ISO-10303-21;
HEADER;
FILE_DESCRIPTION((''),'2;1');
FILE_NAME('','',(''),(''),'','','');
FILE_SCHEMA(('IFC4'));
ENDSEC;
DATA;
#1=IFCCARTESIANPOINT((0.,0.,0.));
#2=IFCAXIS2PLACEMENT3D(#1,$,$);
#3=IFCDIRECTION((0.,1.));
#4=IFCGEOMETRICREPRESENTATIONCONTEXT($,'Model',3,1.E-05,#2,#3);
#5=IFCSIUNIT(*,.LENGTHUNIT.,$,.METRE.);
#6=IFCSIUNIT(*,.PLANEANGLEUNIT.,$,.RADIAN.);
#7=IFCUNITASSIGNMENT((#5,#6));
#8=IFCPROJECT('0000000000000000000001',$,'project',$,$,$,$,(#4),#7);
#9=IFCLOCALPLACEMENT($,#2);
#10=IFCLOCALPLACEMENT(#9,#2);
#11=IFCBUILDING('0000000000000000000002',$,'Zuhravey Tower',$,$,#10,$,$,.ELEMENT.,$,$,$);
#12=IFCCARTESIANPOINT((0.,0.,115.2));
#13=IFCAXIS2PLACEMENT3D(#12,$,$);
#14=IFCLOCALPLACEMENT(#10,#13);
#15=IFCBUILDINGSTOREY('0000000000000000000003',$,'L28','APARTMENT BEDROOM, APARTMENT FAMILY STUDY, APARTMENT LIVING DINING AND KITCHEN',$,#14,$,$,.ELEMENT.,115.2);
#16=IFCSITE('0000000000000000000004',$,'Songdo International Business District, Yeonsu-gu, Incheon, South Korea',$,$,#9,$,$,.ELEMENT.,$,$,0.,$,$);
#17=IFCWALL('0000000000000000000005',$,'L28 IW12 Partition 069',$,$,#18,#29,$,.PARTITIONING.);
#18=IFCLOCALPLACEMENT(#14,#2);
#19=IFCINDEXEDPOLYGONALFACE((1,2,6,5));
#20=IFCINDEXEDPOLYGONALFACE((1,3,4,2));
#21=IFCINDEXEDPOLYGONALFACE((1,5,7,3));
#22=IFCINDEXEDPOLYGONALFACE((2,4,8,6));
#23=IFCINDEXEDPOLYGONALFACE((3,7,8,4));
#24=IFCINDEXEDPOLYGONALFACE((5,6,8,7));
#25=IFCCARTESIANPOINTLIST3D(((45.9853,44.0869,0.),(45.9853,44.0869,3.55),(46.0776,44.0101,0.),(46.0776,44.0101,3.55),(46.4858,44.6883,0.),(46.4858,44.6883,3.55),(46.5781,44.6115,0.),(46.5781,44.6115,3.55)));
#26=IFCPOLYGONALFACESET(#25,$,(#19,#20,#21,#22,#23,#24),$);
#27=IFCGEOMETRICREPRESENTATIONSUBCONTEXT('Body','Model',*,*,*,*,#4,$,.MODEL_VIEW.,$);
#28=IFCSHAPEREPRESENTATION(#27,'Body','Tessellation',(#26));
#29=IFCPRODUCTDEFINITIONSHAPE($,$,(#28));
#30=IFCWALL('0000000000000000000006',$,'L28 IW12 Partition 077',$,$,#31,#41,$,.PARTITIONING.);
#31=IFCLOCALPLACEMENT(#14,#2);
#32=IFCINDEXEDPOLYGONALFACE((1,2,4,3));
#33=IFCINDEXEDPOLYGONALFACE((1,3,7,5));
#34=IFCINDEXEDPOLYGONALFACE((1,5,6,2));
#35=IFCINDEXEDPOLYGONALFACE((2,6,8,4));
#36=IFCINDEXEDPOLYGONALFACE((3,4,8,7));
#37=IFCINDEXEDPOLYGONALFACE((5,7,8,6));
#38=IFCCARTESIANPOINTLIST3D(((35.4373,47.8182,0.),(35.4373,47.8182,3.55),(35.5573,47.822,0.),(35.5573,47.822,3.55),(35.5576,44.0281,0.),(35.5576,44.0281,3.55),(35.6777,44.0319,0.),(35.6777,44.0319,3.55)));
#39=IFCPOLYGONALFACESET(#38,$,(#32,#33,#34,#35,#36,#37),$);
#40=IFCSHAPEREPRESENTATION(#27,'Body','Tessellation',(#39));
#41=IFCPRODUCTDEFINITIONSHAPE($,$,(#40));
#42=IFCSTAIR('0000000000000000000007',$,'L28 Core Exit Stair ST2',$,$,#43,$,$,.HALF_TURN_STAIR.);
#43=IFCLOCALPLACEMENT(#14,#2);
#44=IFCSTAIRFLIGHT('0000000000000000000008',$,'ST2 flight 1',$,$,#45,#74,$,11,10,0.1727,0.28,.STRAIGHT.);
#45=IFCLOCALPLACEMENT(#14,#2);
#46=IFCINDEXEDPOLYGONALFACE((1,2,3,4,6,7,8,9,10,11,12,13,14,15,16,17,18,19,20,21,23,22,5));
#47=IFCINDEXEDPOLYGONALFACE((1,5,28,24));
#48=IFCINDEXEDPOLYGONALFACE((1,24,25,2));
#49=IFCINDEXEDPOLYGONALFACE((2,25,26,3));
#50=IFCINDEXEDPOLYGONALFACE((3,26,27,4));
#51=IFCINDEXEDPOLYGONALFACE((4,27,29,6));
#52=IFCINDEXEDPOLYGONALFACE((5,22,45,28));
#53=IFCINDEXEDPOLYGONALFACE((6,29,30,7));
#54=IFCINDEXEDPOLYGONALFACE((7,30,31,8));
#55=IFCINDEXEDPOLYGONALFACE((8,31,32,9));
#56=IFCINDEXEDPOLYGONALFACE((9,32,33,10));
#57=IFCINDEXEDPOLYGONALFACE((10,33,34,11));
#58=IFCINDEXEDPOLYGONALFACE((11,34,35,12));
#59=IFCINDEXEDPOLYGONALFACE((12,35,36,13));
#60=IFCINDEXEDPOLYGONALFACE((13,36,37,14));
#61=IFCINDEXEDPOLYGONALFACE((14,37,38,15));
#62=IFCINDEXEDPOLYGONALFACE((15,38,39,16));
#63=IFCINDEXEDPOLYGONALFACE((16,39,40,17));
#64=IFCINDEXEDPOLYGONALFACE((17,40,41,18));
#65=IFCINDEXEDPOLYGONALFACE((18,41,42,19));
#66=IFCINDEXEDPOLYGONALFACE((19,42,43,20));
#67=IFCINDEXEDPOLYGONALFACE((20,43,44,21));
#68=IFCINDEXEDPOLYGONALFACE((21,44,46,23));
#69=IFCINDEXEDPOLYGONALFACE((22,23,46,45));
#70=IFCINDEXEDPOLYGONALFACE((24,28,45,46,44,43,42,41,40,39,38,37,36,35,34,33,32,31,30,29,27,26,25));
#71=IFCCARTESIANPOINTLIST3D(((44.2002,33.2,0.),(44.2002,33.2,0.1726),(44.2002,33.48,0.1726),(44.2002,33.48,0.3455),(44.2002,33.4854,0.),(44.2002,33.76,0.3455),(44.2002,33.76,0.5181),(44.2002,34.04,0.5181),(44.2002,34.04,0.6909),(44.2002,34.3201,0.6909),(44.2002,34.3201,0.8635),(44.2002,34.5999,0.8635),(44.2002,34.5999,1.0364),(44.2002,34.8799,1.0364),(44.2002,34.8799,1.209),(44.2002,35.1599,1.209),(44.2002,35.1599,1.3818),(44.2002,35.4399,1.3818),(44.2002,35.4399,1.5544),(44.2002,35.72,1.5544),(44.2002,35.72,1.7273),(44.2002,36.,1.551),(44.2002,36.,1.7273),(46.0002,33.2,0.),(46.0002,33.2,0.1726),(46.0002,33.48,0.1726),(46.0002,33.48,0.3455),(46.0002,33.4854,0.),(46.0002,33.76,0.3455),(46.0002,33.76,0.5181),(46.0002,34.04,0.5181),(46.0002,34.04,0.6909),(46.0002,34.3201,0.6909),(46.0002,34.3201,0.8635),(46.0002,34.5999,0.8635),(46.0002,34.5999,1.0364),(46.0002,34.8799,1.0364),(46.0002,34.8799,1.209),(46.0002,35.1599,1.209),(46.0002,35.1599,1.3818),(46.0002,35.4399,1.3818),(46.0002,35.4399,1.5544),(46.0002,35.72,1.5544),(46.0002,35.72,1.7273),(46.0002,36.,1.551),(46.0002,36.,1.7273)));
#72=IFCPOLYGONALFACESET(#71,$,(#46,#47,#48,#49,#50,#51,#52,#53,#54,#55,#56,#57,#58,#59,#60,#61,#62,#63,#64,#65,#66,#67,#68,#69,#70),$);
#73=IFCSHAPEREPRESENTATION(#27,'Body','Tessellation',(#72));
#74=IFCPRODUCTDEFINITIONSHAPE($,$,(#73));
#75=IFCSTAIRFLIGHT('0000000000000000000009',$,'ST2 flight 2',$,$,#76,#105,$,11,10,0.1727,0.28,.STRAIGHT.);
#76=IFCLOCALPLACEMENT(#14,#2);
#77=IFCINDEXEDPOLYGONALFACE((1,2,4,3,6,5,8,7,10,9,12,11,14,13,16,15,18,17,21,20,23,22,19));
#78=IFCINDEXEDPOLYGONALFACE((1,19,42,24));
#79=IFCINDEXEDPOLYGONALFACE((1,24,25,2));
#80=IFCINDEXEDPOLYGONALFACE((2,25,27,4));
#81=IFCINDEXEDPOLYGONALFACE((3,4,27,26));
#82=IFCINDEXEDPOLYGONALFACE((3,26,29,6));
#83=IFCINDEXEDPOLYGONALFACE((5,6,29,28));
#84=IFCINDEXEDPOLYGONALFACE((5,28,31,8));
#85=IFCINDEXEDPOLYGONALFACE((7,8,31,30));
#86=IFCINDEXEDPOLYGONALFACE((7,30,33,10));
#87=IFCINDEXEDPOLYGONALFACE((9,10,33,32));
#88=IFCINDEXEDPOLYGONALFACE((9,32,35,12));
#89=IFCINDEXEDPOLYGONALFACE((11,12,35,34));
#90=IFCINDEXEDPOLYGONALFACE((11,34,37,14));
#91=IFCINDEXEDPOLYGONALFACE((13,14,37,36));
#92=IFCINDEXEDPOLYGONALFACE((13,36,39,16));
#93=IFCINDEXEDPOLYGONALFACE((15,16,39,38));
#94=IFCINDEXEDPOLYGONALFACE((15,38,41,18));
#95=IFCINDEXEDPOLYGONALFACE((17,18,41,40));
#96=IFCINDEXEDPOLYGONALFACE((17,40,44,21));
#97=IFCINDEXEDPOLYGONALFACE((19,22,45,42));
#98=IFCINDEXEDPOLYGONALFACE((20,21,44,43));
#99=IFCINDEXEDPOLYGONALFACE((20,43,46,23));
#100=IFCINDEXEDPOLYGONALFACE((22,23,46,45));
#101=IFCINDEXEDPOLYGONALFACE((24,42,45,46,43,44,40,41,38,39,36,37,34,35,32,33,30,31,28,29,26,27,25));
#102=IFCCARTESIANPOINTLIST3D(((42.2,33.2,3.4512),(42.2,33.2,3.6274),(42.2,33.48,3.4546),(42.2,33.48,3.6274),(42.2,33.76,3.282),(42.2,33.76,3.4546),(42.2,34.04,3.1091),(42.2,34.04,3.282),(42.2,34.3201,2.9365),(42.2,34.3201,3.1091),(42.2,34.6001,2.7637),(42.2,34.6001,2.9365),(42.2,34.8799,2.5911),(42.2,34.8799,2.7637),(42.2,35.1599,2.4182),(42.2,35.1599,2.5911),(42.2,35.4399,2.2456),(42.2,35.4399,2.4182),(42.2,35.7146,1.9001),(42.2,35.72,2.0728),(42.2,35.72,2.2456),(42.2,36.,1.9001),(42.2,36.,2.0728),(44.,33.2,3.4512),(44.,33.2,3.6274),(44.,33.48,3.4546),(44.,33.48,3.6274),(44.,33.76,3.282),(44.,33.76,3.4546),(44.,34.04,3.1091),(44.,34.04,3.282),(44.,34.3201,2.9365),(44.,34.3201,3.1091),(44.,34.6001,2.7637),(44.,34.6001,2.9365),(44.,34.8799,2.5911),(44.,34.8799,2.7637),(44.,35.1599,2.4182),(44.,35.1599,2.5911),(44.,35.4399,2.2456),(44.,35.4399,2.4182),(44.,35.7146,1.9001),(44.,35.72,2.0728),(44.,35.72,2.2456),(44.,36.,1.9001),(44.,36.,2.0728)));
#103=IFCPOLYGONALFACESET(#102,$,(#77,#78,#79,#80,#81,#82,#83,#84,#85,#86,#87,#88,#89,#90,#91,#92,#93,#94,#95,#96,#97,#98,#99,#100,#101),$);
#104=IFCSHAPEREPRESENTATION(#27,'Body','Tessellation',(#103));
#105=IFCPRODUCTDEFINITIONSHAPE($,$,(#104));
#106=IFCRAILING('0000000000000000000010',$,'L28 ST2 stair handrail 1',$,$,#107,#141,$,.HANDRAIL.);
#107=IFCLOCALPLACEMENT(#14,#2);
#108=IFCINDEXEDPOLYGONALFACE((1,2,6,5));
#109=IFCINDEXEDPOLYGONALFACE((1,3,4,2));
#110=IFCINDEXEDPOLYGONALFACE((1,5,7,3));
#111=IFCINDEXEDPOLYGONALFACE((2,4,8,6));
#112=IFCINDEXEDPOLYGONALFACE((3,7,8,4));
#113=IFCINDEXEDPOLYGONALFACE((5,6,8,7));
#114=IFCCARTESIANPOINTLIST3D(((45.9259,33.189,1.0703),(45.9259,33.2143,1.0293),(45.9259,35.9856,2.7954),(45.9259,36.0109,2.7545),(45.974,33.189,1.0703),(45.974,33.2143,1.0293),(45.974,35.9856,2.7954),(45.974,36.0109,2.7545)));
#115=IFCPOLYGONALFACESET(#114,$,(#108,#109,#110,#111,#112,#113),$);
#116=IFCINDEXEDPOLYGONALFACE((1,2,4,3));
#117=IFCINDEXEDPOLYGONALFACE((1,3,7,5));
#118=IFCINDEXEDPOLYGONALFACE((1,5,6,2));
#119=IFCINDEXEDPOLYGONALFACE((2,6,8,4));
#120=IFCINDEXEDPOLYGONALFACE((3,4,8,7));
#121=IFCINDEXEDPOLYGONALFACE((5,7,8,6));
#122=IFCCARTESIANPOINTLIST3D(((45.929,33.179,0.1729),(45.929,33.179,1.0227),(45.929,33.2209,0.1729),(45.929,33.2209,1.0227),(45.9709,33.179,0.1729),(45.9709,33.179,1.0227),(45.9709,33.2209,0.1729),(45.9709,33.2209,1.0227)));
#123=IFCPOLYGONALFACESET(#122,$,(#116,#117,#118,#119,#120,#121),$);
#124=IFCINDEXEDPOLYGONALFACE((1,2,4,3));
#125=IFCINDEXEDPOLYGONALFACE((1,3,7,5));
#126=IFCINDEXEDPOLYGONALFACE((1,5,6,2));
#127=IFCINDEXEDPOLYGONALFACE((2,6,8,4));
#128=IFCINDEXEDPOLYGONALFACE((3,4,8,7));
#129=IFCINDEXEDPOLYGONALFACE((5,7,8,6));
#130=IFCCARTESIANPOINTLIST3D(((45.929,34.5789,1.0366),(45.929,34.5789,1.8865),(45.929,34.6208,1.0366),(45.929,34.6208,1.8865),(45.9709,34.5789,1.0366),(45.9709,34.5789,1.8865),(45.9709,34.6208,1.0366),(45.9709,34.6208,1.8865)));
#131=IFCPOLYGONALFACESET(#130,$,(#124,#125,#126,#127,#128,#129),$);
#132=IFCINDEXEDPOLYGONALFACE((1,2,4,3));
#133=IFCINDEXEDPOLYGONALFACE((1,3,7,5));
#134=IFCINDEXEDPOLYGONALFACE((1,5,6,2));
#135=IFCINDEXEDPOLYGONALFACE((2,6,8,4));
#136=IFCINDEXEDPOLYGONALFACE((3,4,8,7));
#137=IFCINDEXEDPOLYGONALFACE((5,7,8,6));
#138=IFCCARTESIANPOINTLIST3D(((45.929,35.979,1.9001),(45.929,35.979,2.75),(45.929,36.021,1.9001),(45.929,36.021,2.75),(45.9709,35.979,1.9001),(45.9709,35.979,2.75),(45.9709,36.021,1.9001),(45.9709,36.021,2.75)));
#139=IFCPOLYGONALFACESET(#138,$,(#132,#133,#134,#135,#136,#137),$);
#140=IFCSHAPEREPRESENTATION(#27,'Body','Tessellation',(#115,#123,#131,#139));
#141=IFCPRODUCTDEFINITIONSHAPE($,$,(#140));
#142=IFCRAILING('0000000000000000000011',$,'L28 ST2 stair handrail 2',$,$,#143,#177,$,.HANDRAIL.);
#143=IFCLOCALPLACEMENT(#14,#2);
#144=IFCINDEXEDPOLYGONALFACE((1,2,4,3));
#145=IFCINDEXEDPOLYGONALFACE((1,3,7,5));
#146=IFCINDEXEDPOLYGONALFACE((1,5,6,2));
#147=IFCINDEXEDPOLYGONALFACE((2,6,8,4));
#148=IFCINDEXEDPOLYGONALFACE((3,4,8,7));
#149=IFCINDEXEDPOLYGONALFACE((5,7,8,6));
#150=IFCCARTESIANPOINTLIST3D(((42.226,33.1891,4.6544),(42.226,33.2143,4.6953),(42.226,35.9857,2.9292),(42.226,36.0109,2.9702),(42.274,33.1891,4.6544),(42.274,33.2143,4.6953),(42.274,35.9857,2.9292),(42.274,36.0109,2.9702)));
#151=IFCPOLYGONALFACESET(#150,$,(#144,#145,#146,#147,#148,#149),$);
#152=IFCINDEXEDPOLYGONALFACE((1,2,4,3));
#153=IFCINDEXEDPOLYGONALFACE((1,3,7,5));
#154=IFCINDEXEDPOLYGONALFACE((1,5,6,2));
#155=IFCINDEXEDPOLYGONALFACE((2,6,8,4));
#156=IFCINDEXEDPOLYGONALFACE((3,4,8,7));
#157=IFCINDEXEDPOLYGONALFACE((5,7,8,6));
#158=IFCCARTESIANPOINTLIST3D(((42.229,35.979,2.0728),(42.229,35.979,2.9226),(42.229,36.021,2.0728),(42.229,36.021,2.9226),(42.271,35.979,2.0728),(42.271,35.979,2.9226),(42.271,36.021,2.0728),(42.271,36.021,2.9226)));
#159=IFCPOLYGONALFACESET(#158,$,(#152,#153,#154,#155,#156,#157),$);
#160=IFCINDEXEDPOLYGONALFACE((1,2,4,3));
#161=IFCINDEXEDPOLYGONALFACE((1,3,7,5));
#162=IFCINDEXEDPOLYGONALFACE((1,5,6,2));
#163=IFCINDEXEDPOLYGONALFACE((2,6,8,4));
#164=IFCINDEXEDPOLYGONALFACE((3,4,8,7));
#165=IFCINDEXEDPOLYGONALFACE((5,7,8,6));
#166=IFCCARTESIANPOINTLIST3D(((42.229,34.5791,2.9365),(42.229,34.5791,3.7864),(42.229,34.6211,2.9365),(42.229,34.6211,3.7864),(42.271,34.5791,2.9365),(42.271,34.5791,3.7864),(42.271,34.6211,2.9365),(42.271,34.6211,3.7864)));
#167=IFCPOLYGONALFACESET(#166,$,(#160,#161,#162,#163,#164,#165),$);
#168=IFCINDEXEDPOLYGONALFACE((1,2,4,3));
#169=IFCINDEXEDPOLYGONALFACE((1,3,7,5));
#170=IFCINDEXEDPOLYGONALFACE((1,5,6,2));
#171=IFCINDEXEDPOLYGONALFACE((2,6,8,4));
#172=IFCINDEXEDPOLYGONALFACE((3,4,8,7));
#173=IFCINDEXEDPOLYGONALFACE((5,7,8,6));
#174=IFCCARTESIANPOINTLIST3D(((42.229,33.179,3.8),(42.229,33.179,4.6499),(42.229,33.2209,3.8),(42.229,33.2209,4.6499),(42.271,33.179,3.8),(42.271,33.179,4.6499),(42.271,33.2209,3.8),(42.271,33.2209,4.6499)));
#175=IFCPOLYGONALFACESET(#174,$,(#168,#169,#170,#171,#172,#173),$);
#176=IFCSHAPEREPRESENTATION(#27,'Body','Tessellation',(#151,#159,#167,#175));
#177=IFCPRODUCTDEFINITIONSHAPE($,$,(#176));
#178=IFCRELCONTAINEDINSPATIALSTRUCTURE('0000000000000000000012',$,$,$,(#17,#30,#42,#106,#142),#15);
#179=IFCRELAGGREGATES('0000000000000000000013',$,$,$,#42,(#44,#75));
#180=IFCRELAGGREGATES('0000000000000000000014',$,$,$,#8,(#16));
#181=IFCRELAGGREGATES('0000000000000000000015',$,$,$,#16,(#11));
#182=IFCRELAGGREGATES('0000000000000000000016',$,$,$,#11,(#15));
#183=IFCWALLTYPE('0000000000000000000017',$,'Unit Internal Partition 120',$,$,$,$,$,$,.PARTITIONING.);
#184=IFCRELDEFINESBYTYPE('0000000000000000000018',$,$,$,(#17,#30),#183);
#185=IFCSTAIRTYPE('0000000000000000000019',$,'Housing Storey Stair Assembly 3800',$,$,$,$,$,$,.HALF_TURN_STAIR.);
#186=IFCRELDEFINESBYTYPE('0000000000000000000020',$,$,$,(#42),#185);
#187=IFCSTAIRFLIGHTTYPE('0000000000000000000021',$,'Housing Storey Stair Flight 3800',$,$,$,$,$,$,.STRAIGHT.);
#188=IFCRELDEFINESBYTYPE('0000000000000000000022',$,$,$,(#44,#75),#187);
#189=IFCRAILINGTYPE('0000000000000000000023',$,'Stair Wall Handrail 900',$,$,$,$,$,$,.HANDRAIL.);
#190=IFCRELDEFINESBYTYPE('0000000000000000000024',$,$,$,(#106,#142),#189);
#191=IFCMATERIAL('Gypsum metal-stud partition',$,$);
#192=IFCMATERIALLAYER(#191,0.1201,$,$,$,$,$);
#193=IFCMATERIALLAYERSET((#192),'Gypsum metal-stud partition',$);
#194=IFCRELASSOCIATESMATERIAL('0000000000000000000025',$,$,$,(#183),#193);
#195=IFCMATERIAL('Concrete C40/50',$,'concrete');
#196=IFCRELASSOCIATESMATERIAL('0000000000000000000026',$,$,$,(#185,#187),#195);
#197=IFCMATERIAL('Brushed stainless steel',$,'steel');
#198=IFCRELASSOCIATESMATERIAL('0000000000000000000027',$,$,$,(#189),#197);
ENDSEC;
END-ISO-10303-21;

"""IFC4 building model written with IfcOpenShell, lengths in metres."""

from ifc_helpers import new_model, si_unit, direction, frame, frame_2d, origin, origin_2d, place, context, subcontext, project, spatial, polyline, rectangle, outline, extrude, material, layer, layer_set, type_object, element, aggregate, save


model = new_model("IFC4")

# Units and contexts
model_context = context("Model", 3, precision=1e-05, world=origin(), true_north=direction((0.0, 1.0)))
body_context = subcontext(model_context, "Body", "Model", "MODEL_VIEW")
ifc_project = project(units=[si_unit("LENGTHUNIT", "METRE"), si_unit("PLANEANGLEUNIT", "RADIAN")], contexts=[model_context])

# Site, building, storey
site_placement = place(None, origin())
site = spatial("IfcSite", under=ifc_project, at=site_placement, Name="Songdo International Business District, Yeonsu-gu, Incheon, South Korea", CompositionType="ELEMENT", RefElevation=0.0)
building_placement = place(site_placement, origin())
building = spatial("IfcBuilding", under=site, at=building_placement, Name="Zuhravey Tower", CompositionType="ELEMENT")
storey_placement = place(building_placement, frame((0.0, 0.0, 115.2)))
storey = spatial("IfcBuildingStorey", under=building, at=storey_placement, Name="L28", Description="APARTMENT BEDROOM, APARTMENT FAMILY STUDY, APARTMENT LIVING DINING AND KITCHEN", CompositionType="ELEMENT", Elevation=115.2)

# Walls
ifc_material_1 = material(Name="Gypsum metal-stud partition")
ifc_layer_1 = layer(ifc_material_1, 0.1201)
ifc_layer_set_1 = layer_set([ifc_layer_1], Name="Gypsum metal-stud partition")
wall_type_1 = type_object("IfcWallType", Name="Unit Internal Partition 120", PredefinedType="PARTITIONING", material=ifc_layer_set_1)
wall_1_placement = place(storey_placement, frame((46.0315, 44.0486, 0.0), z_axis=(0.0, 0.0, 1.0), x_axis=(0.639724, 0.768605, 0.0)))
element("IfcWall", 1, at=wall_1_placement, inside=storey, type_object=wall_type_1, Name="L28 IW12 Partition 069", PredefinedType="PARTITIONING", context=body_context, shape_type="SweptSolid", body=[
    extrude(rectangle(XDim=0.7825, YDim=0.1201, at=frame_2d((0.3911, 0.0))), origin(), (0.0, 0.0, 1.0), 3.55),
])
wall_2_placement = place(storey_placement, frame((35.6177, 44.03, 0.0), z_axis=(0.0, 0.0, 1.0), x_axis=(-0.031741, 0.999496, 0.0)))
element("IfcWall", 2, at=wall_2_placement, inside=storey, type_object=wall_type_1, Name="L28 IW12 Partition 077", PredefinedType="PARTITIONING", context=body_context, shape_type="SweptSolid", body=[
    extrude(rectangle(XDim=3.792, YDim=0.1201, at=frame_2d((1.896, 0.0))), origin(), (0.0, 0.0, 1.0), 3.55),
])

# Stair, stair flights
ifc_material_2 = material(Name="Concrete C40/50", Category="concrete")
stair_type = type_object("IfcStairType", Name="Housing Storey Stair Assembly 3800", PredefinedType="HALF_TURN_STAIR", material=ifc_material_2)
stair_placement = place(storey_placement, origin())
stair = element("IfcStair", 3, at=stair_placement, inside=storey, type_object=stair_type, Name="L28 Core Exit Stair ST2", PredefinedType="HALF_TURN_STAIR")
stair_flight_type = type_object("IfcStairFlightType", Name="Housing Storey Stair Flight 3800", PredefinedType="STRAIGHT", material=ifc_material_2)
stair_flight_1_placement = place(storey_placement, frame((45.1001, 33.2, 0.0), z_axis=(0.0, 0.0, 1.0), x_axis=(0.0, 1.0, 0.0)))
stair_flight_1 = element("IfcStairFlight", 4, at=stair_flight_1_placement, type_object=stair_flight_type, Name="ST2 flight 1", NumberOfRisers=11, NumberOfTreads=10, PredefinedType="STRAIGHT", RiserHeight=0.1727, TreadLength=0.28, context=body_context, shape_type="SweptSolid", body=[
    extrude(outline(polyline([(0.0, 0.0), (0.0, 0.1726), (0.28, 0.1726), (0.28, 0.3455), (0.5601, 0.3455), (0.5601, 0.5181), (0.8401, 0.5181), (0.8401, 0.6909), (1.1201, 0.6909), (1.1201, 0.8635), (1.3999, 0.8635), (1.3999, 1.0364), (1.6799, 1.0364), (1.6799, 1.209), (1.96, 1.209), (1.96, 1.3818), (2.24, 1.3818), (2.24, 1.5544), (2.52, 1.5544), (2.52, 1.7273), (2.8, 1.7273), (2.8, 1.8999), (2.8, 1.551), (0.2854, 0.0), (0.0, 0.0)])), frame((0.0, 0.8999, 0.0), z_axis=(0.0, -1.0, 0.0), x_axis=(1.0, 0.0, 0.0)), (0.0, 0.0, 1.0), 1.8),
])
stair_flight_2_placement = place(storey_placement, frame((43.1001, 36.0, 1.9001), z_axis=(0.0, 0.0, 1.0), x_axis=(0.0, -1.0, 0.0)))
stair_flight_2 = element("IfcStairFlight", 5, at=stair_flight_2_placement, type_object=stair_flight_type, Name="ST2 flight 2", NumberOfRisers=11, NumberOfTreads=10, PredefinedType="STRAIGHT", RiserHeight=0.1727, TreadLength=0.28, context=body_context, shape_type="SweptSolid", body=[
    extrude(outline(polyline([(0.0, 0.0), (0.0, 0.1726), (0.28, 0.1726), (0.28, 0.3455), (0.5601, 0.3455), (0.5601, 0.5181), (0.8401, 0.5181), (0.8401, 0.6909), (1.1201, 0.6909), (1.1201, 0.8635), (1.3999, 0.8635), (1.3999, 1.0364), (1.6799, 1.0364), (1.6799, 1.209), (1.96, 1.209), (1.96, 1.3818), (2.24, 1.3818), (2.24, 1.5544), (2.52, 1.5544), (2.52, 1.7273), (2.8, 1.7273), (2.8, 1.8999), (2.8, 1.551), (0.2854, 0.0), (0.0, 0.0)])), frame((0.0, 0.8999, 0.0), z_axis=(0.0, -1.0, 0.0), x_axis=(1.0, 0.0, 0.0)), (0.0, 0.0, 1.0), 1.8),
])
aggregate(stair, [stair_flight_1, stair_flight_2])

# Railings
ifc_material_3 = material(Name="Brushed stainless steel", Category="steel")
railing_type_1 = type_object("IfcRailingType", Name="Stair Wall Handrail 900", PredefinedType="HANDRAIL", material=ifc_material_3)
railing_1_placement = place(storey_placement, frame((45.95, 33.2, 0.1729)))
element("IfcRailing", 6, at=railing_1_placement, inside=storey, type_object=railing_type_1, Name="L28 ST2 stair handrail 1", PredefinedType="HANDRAIL", context=body_context, shape_type="SweptSolid", body=[
    extrude(rectangle(XDim=0.0481, YDim=0.0481, at=origin_2d()), frame((0.0, 0.0017, 0.877), z_axis=(0.0, 0.85109, 0.52502), x_axis=(-1.0, 0.0, 0.0)), (0.0, 0.0, 1.0), 3.2859),
    extrude(rectangle(XDim=0.042, YDim=0.042, at=origin_2d()), origin(), (0.0, 0.0, 1.0), 0.8499),
    extrude(rectangle(XDim=0.042, YDim=0.042, at=origin_2d()), frame((0.0, 1.3999, 0.8638)), (0.0, 0.0, 1.0), 0.8499),
    extrude(rectangle(XDim=0.042, YDim=0.042, at=origin_2d()), frame((0.0, 2.8, 1.7273)), (0.0, 0.0, 1.0), 0.8499),
])
railing_2_placement = place(storey_placement, frame((42.25, 36.0, 2.0728)))
element("IfcRailing", 7, at=railing_2_placement, inside=storey, type_object=railing_type_1, Name="L28 ST2 stair handrail 2", PredefinedType="HANDRAIL", context=body_context, shape_type="SweptSolid", body=[
    extrude(rectangle(XDim=0.0481, YDim=0.0481, at=origin_2d()), frame((0.0, -0.0017, 0.877), z_axis=(0.0, -0.85109, 0.52502), x_axis=(1.0, 0.0, 0.0)), (0.0, 0.0, 1.0), 3.2859),
    extrude(rectangle(XDim=0.042, YDim=0.042, at=origin_2d()), origin(), (0.0, 0.0, 1.0), 0.8499),
    extrude(rectangle(XDim=0.042, YDim=0.042, at=origin_2d()), frame((0.0, -1.3999, 0.8638)), (0.0, 0.0, 1.0), 0.8499),
    extrude(rectangle(XDim=0.042, YDim=0.042, at=origin_2d()), frame((0.0, -2.8, 1.7273)), (0.0, 0.0, 1.0), 0.8499),
])

save(model, "model.ifc")
